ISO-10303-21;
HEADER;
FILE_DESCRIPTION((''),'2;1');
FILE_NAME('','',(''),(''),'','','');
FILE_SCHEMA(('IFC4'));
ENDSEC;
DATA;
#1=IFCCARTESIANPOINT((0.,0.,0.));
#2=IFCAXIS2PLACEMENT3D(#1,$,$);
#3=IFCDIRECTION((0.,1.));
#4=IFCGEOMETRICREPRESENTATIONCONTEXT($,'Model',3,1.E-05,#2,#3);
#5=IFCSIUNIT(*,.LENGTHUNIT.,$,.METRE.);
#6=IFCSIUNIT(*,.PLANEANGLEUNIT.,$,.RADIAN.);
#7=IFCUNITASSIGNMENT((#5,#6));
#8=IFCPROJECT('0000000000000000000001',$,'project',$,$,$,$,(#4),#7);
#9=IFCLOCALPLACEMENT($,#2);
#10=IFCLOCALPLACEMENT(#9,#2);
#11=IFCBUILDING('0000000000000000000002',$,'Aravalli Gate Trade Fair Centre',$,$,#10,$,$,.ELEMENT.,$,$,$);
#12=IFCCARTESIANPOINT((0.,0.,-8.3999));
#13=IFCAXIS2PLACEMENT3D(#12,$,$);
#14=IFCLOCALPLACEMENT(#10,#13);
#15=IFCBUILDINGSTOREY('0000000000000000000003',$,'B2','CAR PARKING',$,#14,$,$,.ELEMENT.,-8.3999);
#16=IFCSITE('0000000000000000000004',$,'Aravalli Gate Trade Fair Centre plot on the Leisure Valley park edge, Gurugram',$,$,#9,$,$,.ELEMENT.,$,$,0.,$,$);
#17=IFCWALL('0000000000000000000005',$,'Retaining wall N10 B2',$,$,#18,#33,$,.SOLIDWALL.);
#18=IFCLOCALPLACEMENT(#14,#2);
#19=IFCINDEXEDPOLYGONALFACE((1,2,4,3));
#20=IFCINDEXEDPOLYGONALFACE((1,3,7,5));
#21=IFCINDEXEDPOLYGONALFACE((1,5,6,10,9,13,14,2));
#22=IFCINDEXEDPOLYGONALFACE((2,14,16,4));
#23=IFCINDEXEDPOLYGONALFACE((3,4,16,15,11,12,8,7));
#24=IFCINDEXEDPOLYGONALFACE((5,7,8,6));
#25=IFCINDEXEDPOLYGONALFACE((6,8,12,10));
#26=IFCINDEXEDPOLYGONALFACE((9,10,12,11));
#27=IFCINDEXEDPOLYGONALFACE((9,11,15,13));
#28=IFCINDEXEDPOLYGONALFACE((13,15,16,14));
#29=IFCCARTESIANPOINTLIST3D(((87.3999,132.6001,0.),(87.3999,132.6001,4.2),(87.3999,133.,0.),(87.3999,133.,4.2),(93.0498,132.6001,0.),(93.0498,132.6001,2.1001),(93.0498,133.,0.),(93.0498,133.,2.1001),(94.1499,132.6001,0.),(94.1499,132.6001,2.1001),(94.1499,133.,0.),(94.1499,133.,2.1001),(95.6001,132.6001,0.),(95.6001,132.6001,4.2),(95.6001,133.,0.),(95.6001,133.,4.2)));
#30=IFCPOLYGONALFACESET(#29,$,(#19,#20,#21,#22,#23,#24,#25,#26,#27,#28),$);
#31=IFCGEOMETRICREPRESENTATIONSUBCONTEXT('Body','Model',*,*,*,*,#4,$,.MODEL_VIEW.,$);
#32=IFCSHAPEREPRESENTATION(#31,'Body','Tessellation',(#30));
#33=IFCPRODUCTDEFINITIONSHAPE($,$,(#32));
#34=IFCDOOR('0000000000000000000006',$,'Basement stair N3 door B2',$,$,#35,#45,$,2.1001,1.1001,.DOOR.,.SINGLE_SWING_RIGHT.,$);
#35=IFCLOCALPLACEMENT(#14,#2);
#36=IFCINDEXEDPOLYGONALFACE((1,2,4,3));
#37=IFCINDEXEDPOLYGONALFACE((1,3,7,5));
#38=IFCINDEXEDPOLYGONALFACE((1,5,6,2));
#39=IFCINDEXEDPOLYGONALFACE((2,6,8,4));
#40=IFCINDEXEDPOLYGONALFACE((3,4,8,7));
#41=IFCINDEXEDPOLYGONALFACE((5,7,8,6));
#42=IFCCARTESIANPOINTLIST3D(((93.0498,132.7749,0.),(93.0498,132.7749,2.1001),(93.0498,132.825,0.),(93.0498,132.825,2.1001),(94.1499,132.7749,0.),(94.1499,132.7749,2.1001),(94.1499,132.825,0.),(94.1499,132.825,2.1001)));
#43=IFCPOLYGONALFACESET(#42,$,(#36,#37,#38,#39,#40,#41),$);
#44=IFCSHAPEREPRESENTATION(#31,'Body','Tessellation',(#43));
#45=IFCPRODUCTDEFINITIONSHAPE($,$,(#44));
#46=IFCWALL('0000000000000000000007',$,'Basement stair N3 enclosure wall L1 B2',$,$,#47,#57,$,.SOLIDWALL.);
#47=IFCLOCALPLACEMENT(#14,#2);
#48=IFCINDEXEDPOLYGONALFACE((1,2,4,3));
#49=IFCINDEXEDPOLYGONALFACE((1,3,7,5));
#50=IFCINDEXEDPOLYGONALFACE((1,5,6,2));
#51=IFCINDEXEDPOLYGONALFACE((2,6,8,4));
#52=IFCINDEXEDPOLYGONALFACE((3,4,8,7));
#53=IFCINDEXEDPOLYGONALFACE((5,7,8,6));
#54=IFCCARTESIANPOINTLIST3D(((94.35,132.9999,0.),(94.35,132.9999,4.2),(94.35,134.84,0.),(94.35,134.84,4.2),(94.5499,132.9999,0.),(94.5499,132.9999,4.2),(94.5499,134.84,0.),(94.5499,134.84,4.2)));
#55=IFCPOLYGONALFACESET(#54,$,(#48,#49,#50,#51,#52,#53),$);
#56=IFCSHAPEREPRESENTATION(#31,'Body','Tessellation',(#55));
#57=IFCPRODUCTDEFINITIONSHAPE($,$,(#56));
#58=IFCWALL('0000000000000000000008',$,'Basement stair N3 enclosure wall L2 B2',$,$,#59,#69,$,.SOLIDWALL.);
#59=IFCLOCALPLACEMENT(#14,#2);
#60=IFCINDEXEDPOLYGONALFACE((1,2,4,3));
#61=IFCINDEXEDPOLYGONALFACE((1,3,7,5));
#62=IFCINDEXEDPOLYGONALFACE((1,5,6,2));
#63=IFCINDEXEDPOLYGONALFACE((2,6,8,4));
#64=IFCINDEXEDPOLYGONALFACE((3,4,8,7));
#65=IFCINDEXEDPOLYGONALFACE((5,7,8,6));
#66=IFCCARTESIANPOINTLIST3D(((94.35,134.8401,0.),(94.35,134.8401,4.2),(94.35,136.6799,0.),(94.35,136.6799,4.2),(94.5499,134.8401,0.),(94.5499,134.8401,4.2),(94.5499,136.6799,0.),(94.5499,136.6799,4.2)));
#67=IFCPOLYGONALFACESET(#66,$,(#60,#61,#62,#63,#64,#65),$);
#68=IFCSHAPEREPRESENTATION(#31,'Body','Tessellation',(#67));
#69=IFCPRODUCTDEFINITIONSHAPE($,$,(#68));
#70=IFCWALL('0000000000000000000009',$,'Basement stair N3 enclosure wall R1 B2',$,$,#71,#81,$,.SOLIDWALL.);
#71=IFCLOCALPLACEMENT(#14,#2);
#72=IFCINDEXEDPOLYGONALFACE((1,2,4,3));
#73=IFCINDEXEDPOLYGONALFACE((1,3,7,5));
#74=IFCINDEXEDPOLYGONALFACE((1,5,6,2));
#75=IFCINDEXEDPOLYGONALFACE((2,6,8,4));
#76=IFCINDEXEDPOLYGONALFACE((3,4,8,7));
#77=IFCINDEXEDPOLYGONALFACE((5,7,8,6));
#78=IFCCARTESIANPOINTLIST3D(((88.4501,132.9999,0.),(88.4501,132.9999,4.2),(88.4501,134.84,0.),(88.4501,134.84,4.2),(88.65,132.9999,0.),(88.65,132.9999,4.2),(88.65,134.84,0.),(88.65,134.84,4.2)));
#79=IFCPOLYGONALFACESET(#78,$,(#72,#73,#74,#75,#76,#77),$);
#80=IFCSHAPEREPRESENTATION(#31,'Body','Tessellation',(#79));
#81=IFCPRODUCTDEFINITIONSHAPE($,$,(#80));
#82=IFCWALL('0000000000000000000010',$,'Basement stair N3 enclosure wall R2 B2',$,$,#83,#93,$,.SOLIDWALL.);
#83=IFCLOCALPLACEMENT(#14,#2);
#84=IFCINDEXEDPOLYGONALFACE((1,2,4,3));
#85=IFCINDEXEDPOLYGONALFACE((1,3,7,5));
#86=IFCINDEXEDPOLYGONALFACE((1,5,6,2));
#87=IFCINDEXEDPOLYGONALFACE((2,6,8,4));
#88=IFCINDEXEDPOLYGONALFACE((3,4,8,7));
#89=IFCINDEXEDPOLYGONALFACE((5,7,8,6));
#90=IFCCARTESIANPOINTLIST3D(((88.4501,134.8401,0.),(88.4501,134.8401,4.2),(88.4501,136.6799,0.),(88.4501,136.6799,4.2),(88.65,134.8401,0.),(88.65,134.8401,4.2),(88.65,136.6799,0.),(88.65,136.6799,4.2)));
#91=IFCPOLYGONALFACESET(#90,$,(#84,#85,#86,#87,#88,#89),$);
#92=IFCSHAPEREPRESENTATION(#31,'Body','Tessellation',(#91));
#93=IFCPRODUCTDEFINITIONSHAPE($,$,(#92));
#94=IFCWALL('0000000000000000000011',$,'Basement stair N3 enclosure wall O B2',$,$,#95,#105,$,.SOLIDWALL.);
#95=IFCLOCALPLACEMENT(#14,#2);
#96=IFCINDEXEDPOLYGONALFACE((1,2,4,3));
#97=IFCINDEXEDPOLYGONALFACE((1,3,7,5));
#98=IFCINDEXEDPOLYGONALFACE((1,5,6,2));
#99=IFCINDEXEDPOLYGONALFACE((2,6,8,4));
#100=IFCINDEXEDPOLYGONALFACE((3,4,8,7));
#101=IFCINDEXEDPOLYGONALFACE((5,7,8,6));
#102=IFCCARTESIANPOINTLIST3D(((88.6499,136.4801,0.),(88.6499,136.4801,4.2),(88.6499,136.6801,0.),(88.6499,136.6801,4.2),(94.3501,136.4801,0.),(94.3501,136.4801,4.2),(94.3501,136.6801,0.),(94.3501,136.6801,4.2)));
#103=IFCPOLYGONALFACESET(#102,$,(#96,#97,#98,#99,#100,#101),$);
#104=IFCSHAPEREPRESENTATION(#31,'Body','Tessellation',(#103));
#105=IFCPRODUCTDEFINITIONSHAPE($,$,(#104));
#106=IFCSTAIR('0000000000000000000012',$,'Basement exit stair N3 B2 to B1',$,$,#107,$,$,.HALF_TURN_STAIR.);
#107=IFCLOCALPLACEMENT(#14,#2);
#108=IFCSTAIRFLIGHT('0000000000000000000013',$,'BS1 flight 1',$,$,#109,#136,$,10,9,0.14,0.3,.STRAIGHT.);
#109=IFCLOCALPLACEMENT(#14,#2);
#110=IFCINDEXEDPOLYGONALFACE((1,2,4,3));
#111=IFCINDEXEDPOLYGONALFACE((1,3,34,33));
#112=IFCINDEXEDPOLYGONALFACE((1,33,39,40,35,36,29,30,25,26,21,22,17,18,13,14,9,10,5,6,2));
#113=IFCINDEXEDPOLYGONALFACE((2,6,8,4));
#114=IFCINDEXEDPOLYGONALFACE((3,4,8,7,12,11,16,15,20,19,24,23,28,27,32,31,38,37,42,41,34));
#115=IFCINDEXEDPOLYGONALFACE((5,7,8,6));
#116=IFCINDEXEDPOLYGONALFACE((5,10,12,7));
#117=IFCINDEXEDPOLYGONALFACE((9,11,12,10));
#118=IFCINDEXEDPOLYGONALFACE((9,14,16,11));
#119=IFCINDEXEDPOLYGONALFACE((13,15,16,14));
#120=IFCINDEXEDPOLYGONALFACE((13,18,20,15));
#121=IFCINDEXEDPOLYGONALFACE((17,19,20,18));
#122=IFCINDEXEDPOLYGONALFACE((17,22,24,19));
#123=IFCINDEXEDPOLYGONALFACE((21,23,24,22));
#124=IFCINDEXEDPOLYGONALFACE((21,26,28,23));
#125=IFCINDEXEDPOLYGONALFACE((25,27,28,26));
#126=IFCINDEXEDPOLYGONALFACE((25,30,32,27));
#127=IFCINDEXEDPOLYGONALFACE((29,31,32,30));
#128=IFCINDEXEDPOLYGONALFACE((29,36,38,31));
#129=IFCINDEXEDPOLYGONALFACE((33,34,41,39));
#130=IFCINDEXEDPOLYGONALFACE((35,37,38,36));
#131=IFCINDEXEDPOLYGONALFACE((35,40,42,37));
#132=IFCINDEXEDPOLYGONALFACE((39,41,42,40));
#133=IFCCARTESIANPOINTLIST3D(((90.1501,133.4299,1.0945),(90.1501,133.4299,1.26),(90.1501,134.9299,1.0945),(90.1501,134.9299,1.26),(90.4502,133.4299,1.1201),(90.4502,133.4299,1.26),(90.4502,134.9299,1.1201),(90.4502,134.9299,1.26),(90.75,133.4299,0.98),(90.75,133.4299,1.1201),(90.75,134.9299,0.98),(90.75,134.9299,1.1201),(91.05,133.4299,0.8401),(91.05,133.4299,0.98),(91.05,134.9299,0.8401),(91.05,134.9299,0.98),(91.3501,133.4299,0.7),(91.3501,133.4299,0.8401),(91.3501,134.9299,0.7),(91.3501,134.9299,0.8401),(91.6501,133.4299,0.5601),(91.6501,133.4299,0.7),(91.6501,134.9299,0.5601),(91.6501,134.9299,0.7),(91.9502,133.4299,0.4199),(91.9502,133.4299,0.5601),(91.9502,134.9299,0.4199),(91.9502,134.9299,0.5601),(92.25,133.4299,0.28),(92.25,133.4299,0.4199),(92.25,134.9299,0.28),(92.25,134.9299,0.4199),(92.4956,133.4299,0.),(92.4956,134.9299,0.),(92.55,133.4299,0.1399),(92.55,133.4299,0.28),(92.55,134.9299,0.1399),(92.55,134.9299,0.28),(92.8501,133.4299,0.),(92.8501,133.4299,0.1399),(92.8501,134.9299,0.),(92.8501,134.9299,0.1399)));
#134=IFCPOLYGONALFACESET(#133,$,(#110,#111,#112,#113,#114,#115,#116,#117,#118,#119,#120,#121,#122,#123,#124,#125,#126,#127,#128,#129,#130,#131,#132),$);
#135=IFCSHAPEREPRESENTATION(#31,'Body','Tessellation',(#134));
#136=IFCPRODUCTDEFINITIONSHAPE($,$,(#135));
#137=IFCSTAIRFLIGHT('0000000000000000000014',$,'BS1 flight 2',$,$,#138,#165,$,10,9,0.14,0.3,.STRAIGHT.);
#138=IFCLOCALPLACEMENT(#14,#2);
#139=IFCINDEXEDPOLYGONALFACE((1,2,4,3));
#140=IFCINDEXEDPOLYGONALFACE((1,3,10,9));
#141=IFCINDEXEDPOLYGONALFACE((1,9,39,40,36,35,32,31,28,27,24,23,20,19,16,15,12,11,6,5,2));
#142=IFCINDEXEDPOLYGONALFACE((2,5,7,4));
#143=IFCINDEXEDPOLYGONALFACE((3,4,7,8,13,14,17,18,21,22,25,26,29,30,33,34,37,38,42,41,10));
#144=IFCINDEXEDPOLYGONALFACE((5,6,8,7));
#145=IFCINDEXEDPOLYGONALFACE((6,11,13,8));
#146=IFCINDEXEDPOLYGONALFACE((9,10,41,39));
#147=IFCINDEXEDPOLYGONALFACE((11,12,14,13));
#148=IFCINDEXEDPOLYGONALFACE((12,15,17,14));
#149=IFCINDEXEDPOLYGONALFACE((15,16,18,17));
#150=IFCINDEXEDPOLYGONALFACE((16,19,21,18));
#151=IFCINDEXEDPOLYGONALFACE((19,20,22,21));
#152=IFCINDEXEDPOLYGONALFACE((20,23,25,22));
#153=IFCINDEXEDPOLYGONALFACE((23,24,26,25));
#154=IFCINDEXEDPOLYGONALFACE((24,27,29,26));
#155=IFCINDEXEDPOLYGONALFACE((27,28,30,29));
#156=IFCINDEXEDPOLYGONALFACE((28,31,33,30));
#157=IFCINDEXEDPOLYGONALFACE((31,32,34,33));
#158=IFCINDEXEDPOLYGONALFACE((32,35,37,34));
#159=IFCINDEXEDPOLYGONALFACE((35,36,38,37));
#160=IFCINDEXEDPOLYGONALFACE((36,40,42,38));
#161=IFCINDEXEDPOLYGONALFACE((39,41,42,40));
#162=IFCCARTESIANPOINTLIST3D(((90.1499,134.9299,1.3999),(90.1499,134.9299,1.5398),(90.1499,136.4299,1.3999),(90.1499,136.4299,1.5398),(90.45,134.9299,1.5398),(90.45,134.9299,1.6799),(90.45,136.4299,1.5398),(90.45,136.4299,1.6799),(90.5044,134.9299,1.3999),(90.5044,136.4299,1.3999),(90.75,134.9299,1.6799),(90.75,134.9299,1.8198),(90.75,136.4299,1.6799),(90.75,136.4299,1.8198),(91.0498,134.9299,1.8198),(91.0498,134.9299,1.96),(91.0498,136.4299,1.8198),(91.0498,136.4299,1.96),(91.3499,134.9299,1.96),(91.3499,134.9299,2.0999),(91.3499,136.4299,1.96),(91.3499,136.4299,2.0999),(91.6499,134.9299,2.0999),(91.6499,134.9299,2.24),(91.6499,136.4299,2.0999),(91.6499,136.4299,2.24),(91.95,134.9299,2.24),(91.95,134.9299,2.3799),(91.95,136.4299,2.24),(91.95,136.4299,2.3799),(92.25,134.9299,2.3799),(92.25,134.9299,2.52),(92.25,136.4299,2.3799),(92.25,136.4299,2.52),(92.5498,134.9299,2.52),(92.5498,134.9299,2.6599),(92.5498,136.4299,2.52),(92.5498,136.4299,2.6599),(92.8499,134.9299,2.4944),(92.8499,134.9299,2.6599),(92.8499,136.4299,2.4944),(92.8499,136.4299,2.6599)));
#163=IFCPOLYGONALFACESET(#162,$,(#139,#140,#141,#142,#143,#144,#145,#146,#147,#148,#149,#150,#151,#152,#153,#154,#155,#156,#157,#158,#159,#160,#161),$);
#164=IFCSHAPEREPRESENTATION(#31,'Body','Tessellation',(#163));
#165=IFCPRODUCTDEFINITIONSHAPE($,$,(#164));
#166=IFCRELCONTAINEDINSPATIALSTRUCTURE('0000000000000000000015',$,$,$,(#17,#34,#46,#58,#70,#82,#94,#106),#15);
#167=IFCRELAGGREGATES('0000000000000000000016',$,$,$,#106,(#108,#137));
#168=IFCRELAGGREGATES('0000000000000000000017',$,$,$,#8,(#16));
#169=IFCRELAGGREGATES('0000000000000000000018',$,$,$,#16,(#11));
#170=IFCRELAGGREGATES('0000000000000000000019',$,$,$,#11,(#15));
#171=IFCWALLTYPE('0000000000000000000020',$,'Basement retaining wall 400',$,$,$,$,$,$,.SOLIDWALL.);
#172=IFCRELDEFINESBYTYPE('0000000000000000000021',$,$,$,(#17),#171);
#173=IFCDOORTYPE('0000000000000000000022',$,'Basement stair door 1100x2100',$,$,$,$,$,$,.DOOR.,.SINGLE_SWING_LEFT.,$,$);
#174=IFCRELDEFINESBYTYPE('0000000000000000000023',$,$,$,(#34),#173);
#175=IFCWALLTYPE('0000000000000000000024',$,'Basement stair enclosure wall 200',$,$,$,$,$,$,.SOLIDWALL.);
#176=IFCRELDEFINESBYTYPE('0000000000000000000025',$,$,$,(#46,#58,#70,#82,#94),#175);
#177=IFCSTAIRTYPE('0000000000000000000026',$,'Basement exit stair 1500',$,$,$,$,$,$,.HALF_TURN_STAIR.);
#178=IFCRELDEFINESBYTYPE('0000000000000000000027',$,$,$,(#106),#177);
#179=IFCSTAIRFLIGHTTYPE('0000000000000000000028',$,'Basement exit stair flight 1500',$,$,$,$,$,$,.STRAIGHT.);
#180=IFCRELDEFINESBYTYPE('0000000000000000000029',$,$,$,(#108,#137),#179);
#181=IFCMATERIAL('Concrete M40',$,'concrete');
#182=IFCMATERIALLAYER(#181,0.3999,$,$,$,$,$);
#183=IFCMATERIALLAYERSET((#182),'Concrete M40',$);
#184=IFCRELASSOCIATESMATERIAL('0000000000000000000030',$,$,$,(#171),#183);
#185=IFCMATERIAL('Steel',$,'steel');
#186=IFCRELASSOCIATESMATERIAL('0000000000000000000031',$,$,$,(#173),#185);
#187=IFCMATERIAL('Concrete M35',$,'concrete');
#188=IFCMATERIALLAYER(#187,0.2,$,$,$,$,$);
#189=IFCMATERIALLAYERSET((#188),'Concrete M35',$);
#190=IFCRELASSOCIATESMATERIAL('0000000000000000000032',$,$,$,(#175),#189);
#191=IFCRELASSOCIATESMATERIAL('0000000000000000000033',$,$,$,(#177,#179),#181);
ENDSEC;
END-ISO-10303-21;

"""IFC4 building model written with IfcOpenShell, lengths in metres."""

from ifc_helpers import new_model, si_unit, direction, frame, frame_2d, origin, place, context, subcontext, project, spatial, polyline, rectangle, outline, extrude, material, layer, layer_set, type_object, element, fill, aggregate, save


model = new_model("IFC4")

# Units and contexts
model_context = context("Model", 3, precision=1e-05, world=origin(), true_north=direction((0.0, 1.0)))
body_context = subcontext(model_context, "Body", "Model", "MODEL_VIEW")
ifc_project = project(units=[si_unit("LENGTHUNIT", "METRE"), si_unit("PLANEANGLEUNIT", "RADIAN")], contexts=[model_context])

# Site, building, storey
site_placement = place(None, origin())
site = spatial("IfcSite", under=ifc_project, at=site_placement, Name="Aravalli Gate Trade Fair Centre plot on the Leisure Valley park edge, Gurugram", CompositionType="ELEMENT", RefElevation=0.0)
building_placement = place(site_placement, origin())
building = spatial("IfcBuilding", under=site, at=building_placement, Name="Aravalli Gate Trade Fair Centre", CompositionType="ELEMENT")
storey_placement = place(building_placement, frame((0.0, 0.0, -8.3999)))
storey = spatial("IfcBuildingStorey", under=building, at=storey_placement, Name="B2", Description="CAR PARKING", CompositionType="ELEMENT", Elevation=-8.3999)

# Shared definitions
ifc_material_1 = material(Name="Concrete M35", Category="concrete")

# Wall, opening, door
ifc_material_2 = material(Name="Steel", Category="steel")
ifc_material_3 = material(Name="Concrete M40", Category="concrete")
ifc_layer_1 = layer(ifc_material_3, 0.3999)
ifc_layer_set_1 = layer_set([ifc_layer_1], Name="Concrete M40")
wall_type_1 = type_object("IfcWallType", Name="Basement retaining wall 400", PredefinedType="SOLIDWALL", material=ifc_layer_set_1)
wall_1_placement = place(storey_placement, frame((87.3999, 132.8, 0.0), z_axis=(0.0, 0.0, 1.0), x_axis=(1.0, 0.0, 0.0)))
wall_1 = element("IfcWall", 1, at=wall_1_placement, inside=storey, type_object=wall_type_1, Name="Retaining wall N10 B2", PredefinedType="SOLIDWALL", context=body_context, shape_type="SweptSolid", body=[
    extrude(rectangle(XDim=8.2002, YDim=0.3999, at=frame_2d((4.1001, 0.0))), origin(), (0.0, 0.0, 1.0), 4.2),
])
opening_1_placement = place(wall_1_placement, frame((5.6499, 0.0, 0.0)))
opening_1 = element("IfcOpeningElement", 2, at=opening_1_placement, cuts=wall_1, PredefinedType="OPENING", context=body_context, shape_type="SweptSolid", body=[
    extrude(rectangle(XDim=1.1001, YDim=2.1001, at=frame_2d((0.55, 1.05))), frame((0.0, 0.21, 0.0), z_axis=(0.0, -1.0, 0.0), x_axis=(1.0, 0.0, 0.0)), (0.0, 0.0, 1.0), 0.4199),
])
door_type_1 = type_object("IfcDoorType", Name="Basement stair door 1100x2100", OperationType="SINGLE_SWING_LEFT", PredefinedType="DOOR", material=ifc_material_2)
door_1_placement = place(opening_1_placement, origin())
door_1 = element("IfcDoor", 3, at=door_1_placement, inside=storey, type_object=door_type_1, Name="Basement stair N3 door B2", OperationType="SINGLE_SWING_RIGHT", OverallHeight=2.1001, OverallWidth=1.1001, PredefinedType="DOOR", context=body_context, shape_type="SweptSolid", body=[
    extrude(rectangle(XDim=1.1001, YDim=2.1001, at=frame_2d((0.55, 1.05))), frame((0.0, 0.0249, 0.0), z_axis=(0.0, -1.0, 0.0), x_axis=(1.0, 0.0, 0.0)), (0.0, 0.0, 1.0), 0.05),
])
fill(opening_1, door_1)

# Walls
ifc_layer_2 = layer(ifc_material_1, 0.2)
ifc_layer_set_2 = layer_set([ifc_layer_2], Name="Concrete M35")
wall_type_2 = type_object("IfcWallType", Name="Basement stair enclosure wall 200", PredefinedType="SOLIDWALL", material=ifc_layer_set_2)
wall_2_placement = place(storey_placement, frame((94.45, 133.0, 0.0), z_axis=(0.0, 0.0, 1.0), x_axis=(0.0, 1.0, 0.0)))
element("IfcWall", 4, at=wall_2_placement, inside=storey, type_object=wall_type_2, Name="Basement stair N3 enclosure wall L1 B2", PredefinedType="SOLIDWALL", context=body_context, shape_type="SweptSolid", body=[
    extrude(rectangle(XDim=1.8401, YDim=0.2, at=frame_2d((0.9199, 0.0))), origin(), (0.0, 0.0, 1.0), 4.2),
])
wall_3_placement = place(storey_placement, frame((94.45, 134.8401, 0.0), z_axis=(0.0, 0.0, 1.0), x_axis=(0.0, 1.0, 0.0)))
element("IfcWall", 5, at=wall_3_placement, inside=storey, type_object=wall_type_2, Name="Basement stair N3 enclosure wall L2 B2", PredefinedType="SOLIDWALL", context=body_context, shape_type="SweptSolid", body=[
    extrude(rectangle(XDim=1.8398, YDim=0.2, at=frame_2d((0.9199, 0.0))), origin(), (0.0, 0.0, 1.0), 4.2),
])
wall_4_placement = place(storey_placement, frame((88.55, 133.0, 0.0), z_axis=(0.0, 0.0, 1.0), x_axis=(0.0, 1.0, 0.0)))
element("IfcWall", 6, at=wall_4_placement, inside=storey, type_object=wall_type_2, Name="Basement stair N3 enclosure wall R1 B2", PredefinedType="SOLIDWALL", context=body_context, shape_type="SweptSolid", body=[
    extrude(rectangle(XDim=1.8401, YDim=0.2, at=frame_2d((0.9199, 0.0))), origin(), (0.0, 0.0, 1.0), 4.2),
])
wall_5_placement = place(storey_placement, frame((88.55, 134.8401, 0.0), z_axis=(0.0, 0.0, 1.0), x_axis=(0.0, 1.0, 0.0)))
element("IfcWall", 7, at=wall_5_placement, inside=storey, type_object=wall_type_2, Name="Basement stair N3 enclosure wall R2 B2", PredefinedType="SOLIDWALL", context=body_context, shape_type="SweptSolid", body=[
    extrude(rectangle(XDim=1.8398, YDim=0.2, at=frame_2d((0.9199, 0.0))), origin(), (0.0, 0.0, 1.0), 4.2),
])
wall_6_placement = place(storey_placement, frame((94.3501, 136.5801, 0.0), z_axis=(0.0, 0.0, 1.0), x_axis=(-1.0, 0.0, 0.0)))
element("IfcWall", 8, at=wall_6_placement, inside=storey, type_object=wall_type_2, Name="Basement stair N3 enclosure wall O B2", PredefinedType="SOLIDWALL", context=body_context, shape_type="SweptSolid", body=[
    extrude(rectangle(XDim=5.7002, YDim=0.2, at=frame_2d((2.8501, 0.0))), origin(), (0.0, 0.0, 1.0), 4.2),
])

# Stair, stair flights
stair_type = type_object("IfcStairType", Name="Basement exit stair 1500", PredefinedType="HALF_TURN_STAIR", material=ifc_material_3)
stair_placement = place(storey_placement, origin())
stair = element("IfcStair", 9, at=stair_placement, inside=storey, type_object=stair_type, Name="Basement exit stair N3 B2 to B1", PredefinedType="HALF_TURN_STAIR")
stair_flight_type = type_object("IfcStairFlightType", Name="Basement exit stair flight 1500", PredefinedType="STRAIGHT", material=ifc_material_3)
stair_flight_1_placement = place(storey_placement, frame((92.8501, 134.1799, 0.0), z_axis=(0.0, 0.0, 1.0), x_axis=(-1.0, 0.0, 0.0)))
stair_flight_1 = element("IfcStairFlight", 10, at=stair_flight_1_placement, type_object=stair_flight_type, Name="BS1 flight 1", NumberOfRisers=10, NumberOfTreads=9, PredefinedType="STRAIGHT", RiserHeight=0.14, TreadLength=0.3, context=body_context, shape_type="SweptSolid", body=[
    extrude(outline(polyline([(0.0, 0.0), (0.0, 0.1399), (0.3, 0.1399), (0.3, 0.28), (0.6001, 0.28), (0.6001, 0.4199), (0.8999, 0.4199), (0.8999, 0.5601), (1.2, 0.5601), (1.2, 0.7), (1.5, 0.7), (1.5, 0.8401), (1.8, 0.8401), (1.8, 0.98), (2.1001, 0.98), (2.1001, 1.1201), (2.3999, 1.1201), (2.3999, 1.26), (2.7, 1.26), (2.7, 1.3999), (2.7, 1.0945), (0.3545, 0.0), (0.0, 0.0)])), frame((0.0, 0.75, 0.0), z_axis=(0.0, -1.0, 0.0), x_axis=(1.0, 0.0, 0.0)), (0.0, 0.0, 1.0), 1.5),
])
stair_flight_2_placement = place(storey_placement, frame((90.1499, 135.6799, 1.3999), z_axis=(0.0, 0.0, 1.0), x_axis=(1.0, 0.0, 0.0)))
stair_flight_2 = element("IfcStairFlight", 11, at=stair_flight_2_placement, type_object=stair_flight_type, Name="BS1 flight 2", NumberOfRisers=10, NumberOfTreads=9, PredefinedType="STRAIGHT", RiserHeight=0.14, TreadLength=0.3, context=body_context, shape_type="SweptSolid", body=[
    extrude(outline(polyline([(0.0, 0.0), (0.0, 0.1399), (0.3, 0.1399), (0.3, 0.28), (0.6001, 0.28), (0.6001, 0.4199), (0.8999, 0.4199), (0.8999, 0.5601), (1.2, 0.5601), (1.2, 0.7), (1.5, 0.7), (1.5, 0.8401), (1.8, 0.8401), (1.8, 0.98), (2.1001, 0.98), (2.1001, 1.1201), (2.3999, 1.1201), (2.3999, 1.26), (2.7, 1.26), (2.7, 1.3999), (2.7, 1.0945), (0.3545, 0.0), (0.0, 0.0)])), frame((0.0, 0.75, 0.0), z_axis=(0.0, -1.0, 0.0), x_axis=(1.0, 0.0, 0.0)), (0.0, 0.0, 1.0), 1.5),
])
aggregate(stair, [stair_flight_1, stair_flight_2])

save(model, "model.ifc")
